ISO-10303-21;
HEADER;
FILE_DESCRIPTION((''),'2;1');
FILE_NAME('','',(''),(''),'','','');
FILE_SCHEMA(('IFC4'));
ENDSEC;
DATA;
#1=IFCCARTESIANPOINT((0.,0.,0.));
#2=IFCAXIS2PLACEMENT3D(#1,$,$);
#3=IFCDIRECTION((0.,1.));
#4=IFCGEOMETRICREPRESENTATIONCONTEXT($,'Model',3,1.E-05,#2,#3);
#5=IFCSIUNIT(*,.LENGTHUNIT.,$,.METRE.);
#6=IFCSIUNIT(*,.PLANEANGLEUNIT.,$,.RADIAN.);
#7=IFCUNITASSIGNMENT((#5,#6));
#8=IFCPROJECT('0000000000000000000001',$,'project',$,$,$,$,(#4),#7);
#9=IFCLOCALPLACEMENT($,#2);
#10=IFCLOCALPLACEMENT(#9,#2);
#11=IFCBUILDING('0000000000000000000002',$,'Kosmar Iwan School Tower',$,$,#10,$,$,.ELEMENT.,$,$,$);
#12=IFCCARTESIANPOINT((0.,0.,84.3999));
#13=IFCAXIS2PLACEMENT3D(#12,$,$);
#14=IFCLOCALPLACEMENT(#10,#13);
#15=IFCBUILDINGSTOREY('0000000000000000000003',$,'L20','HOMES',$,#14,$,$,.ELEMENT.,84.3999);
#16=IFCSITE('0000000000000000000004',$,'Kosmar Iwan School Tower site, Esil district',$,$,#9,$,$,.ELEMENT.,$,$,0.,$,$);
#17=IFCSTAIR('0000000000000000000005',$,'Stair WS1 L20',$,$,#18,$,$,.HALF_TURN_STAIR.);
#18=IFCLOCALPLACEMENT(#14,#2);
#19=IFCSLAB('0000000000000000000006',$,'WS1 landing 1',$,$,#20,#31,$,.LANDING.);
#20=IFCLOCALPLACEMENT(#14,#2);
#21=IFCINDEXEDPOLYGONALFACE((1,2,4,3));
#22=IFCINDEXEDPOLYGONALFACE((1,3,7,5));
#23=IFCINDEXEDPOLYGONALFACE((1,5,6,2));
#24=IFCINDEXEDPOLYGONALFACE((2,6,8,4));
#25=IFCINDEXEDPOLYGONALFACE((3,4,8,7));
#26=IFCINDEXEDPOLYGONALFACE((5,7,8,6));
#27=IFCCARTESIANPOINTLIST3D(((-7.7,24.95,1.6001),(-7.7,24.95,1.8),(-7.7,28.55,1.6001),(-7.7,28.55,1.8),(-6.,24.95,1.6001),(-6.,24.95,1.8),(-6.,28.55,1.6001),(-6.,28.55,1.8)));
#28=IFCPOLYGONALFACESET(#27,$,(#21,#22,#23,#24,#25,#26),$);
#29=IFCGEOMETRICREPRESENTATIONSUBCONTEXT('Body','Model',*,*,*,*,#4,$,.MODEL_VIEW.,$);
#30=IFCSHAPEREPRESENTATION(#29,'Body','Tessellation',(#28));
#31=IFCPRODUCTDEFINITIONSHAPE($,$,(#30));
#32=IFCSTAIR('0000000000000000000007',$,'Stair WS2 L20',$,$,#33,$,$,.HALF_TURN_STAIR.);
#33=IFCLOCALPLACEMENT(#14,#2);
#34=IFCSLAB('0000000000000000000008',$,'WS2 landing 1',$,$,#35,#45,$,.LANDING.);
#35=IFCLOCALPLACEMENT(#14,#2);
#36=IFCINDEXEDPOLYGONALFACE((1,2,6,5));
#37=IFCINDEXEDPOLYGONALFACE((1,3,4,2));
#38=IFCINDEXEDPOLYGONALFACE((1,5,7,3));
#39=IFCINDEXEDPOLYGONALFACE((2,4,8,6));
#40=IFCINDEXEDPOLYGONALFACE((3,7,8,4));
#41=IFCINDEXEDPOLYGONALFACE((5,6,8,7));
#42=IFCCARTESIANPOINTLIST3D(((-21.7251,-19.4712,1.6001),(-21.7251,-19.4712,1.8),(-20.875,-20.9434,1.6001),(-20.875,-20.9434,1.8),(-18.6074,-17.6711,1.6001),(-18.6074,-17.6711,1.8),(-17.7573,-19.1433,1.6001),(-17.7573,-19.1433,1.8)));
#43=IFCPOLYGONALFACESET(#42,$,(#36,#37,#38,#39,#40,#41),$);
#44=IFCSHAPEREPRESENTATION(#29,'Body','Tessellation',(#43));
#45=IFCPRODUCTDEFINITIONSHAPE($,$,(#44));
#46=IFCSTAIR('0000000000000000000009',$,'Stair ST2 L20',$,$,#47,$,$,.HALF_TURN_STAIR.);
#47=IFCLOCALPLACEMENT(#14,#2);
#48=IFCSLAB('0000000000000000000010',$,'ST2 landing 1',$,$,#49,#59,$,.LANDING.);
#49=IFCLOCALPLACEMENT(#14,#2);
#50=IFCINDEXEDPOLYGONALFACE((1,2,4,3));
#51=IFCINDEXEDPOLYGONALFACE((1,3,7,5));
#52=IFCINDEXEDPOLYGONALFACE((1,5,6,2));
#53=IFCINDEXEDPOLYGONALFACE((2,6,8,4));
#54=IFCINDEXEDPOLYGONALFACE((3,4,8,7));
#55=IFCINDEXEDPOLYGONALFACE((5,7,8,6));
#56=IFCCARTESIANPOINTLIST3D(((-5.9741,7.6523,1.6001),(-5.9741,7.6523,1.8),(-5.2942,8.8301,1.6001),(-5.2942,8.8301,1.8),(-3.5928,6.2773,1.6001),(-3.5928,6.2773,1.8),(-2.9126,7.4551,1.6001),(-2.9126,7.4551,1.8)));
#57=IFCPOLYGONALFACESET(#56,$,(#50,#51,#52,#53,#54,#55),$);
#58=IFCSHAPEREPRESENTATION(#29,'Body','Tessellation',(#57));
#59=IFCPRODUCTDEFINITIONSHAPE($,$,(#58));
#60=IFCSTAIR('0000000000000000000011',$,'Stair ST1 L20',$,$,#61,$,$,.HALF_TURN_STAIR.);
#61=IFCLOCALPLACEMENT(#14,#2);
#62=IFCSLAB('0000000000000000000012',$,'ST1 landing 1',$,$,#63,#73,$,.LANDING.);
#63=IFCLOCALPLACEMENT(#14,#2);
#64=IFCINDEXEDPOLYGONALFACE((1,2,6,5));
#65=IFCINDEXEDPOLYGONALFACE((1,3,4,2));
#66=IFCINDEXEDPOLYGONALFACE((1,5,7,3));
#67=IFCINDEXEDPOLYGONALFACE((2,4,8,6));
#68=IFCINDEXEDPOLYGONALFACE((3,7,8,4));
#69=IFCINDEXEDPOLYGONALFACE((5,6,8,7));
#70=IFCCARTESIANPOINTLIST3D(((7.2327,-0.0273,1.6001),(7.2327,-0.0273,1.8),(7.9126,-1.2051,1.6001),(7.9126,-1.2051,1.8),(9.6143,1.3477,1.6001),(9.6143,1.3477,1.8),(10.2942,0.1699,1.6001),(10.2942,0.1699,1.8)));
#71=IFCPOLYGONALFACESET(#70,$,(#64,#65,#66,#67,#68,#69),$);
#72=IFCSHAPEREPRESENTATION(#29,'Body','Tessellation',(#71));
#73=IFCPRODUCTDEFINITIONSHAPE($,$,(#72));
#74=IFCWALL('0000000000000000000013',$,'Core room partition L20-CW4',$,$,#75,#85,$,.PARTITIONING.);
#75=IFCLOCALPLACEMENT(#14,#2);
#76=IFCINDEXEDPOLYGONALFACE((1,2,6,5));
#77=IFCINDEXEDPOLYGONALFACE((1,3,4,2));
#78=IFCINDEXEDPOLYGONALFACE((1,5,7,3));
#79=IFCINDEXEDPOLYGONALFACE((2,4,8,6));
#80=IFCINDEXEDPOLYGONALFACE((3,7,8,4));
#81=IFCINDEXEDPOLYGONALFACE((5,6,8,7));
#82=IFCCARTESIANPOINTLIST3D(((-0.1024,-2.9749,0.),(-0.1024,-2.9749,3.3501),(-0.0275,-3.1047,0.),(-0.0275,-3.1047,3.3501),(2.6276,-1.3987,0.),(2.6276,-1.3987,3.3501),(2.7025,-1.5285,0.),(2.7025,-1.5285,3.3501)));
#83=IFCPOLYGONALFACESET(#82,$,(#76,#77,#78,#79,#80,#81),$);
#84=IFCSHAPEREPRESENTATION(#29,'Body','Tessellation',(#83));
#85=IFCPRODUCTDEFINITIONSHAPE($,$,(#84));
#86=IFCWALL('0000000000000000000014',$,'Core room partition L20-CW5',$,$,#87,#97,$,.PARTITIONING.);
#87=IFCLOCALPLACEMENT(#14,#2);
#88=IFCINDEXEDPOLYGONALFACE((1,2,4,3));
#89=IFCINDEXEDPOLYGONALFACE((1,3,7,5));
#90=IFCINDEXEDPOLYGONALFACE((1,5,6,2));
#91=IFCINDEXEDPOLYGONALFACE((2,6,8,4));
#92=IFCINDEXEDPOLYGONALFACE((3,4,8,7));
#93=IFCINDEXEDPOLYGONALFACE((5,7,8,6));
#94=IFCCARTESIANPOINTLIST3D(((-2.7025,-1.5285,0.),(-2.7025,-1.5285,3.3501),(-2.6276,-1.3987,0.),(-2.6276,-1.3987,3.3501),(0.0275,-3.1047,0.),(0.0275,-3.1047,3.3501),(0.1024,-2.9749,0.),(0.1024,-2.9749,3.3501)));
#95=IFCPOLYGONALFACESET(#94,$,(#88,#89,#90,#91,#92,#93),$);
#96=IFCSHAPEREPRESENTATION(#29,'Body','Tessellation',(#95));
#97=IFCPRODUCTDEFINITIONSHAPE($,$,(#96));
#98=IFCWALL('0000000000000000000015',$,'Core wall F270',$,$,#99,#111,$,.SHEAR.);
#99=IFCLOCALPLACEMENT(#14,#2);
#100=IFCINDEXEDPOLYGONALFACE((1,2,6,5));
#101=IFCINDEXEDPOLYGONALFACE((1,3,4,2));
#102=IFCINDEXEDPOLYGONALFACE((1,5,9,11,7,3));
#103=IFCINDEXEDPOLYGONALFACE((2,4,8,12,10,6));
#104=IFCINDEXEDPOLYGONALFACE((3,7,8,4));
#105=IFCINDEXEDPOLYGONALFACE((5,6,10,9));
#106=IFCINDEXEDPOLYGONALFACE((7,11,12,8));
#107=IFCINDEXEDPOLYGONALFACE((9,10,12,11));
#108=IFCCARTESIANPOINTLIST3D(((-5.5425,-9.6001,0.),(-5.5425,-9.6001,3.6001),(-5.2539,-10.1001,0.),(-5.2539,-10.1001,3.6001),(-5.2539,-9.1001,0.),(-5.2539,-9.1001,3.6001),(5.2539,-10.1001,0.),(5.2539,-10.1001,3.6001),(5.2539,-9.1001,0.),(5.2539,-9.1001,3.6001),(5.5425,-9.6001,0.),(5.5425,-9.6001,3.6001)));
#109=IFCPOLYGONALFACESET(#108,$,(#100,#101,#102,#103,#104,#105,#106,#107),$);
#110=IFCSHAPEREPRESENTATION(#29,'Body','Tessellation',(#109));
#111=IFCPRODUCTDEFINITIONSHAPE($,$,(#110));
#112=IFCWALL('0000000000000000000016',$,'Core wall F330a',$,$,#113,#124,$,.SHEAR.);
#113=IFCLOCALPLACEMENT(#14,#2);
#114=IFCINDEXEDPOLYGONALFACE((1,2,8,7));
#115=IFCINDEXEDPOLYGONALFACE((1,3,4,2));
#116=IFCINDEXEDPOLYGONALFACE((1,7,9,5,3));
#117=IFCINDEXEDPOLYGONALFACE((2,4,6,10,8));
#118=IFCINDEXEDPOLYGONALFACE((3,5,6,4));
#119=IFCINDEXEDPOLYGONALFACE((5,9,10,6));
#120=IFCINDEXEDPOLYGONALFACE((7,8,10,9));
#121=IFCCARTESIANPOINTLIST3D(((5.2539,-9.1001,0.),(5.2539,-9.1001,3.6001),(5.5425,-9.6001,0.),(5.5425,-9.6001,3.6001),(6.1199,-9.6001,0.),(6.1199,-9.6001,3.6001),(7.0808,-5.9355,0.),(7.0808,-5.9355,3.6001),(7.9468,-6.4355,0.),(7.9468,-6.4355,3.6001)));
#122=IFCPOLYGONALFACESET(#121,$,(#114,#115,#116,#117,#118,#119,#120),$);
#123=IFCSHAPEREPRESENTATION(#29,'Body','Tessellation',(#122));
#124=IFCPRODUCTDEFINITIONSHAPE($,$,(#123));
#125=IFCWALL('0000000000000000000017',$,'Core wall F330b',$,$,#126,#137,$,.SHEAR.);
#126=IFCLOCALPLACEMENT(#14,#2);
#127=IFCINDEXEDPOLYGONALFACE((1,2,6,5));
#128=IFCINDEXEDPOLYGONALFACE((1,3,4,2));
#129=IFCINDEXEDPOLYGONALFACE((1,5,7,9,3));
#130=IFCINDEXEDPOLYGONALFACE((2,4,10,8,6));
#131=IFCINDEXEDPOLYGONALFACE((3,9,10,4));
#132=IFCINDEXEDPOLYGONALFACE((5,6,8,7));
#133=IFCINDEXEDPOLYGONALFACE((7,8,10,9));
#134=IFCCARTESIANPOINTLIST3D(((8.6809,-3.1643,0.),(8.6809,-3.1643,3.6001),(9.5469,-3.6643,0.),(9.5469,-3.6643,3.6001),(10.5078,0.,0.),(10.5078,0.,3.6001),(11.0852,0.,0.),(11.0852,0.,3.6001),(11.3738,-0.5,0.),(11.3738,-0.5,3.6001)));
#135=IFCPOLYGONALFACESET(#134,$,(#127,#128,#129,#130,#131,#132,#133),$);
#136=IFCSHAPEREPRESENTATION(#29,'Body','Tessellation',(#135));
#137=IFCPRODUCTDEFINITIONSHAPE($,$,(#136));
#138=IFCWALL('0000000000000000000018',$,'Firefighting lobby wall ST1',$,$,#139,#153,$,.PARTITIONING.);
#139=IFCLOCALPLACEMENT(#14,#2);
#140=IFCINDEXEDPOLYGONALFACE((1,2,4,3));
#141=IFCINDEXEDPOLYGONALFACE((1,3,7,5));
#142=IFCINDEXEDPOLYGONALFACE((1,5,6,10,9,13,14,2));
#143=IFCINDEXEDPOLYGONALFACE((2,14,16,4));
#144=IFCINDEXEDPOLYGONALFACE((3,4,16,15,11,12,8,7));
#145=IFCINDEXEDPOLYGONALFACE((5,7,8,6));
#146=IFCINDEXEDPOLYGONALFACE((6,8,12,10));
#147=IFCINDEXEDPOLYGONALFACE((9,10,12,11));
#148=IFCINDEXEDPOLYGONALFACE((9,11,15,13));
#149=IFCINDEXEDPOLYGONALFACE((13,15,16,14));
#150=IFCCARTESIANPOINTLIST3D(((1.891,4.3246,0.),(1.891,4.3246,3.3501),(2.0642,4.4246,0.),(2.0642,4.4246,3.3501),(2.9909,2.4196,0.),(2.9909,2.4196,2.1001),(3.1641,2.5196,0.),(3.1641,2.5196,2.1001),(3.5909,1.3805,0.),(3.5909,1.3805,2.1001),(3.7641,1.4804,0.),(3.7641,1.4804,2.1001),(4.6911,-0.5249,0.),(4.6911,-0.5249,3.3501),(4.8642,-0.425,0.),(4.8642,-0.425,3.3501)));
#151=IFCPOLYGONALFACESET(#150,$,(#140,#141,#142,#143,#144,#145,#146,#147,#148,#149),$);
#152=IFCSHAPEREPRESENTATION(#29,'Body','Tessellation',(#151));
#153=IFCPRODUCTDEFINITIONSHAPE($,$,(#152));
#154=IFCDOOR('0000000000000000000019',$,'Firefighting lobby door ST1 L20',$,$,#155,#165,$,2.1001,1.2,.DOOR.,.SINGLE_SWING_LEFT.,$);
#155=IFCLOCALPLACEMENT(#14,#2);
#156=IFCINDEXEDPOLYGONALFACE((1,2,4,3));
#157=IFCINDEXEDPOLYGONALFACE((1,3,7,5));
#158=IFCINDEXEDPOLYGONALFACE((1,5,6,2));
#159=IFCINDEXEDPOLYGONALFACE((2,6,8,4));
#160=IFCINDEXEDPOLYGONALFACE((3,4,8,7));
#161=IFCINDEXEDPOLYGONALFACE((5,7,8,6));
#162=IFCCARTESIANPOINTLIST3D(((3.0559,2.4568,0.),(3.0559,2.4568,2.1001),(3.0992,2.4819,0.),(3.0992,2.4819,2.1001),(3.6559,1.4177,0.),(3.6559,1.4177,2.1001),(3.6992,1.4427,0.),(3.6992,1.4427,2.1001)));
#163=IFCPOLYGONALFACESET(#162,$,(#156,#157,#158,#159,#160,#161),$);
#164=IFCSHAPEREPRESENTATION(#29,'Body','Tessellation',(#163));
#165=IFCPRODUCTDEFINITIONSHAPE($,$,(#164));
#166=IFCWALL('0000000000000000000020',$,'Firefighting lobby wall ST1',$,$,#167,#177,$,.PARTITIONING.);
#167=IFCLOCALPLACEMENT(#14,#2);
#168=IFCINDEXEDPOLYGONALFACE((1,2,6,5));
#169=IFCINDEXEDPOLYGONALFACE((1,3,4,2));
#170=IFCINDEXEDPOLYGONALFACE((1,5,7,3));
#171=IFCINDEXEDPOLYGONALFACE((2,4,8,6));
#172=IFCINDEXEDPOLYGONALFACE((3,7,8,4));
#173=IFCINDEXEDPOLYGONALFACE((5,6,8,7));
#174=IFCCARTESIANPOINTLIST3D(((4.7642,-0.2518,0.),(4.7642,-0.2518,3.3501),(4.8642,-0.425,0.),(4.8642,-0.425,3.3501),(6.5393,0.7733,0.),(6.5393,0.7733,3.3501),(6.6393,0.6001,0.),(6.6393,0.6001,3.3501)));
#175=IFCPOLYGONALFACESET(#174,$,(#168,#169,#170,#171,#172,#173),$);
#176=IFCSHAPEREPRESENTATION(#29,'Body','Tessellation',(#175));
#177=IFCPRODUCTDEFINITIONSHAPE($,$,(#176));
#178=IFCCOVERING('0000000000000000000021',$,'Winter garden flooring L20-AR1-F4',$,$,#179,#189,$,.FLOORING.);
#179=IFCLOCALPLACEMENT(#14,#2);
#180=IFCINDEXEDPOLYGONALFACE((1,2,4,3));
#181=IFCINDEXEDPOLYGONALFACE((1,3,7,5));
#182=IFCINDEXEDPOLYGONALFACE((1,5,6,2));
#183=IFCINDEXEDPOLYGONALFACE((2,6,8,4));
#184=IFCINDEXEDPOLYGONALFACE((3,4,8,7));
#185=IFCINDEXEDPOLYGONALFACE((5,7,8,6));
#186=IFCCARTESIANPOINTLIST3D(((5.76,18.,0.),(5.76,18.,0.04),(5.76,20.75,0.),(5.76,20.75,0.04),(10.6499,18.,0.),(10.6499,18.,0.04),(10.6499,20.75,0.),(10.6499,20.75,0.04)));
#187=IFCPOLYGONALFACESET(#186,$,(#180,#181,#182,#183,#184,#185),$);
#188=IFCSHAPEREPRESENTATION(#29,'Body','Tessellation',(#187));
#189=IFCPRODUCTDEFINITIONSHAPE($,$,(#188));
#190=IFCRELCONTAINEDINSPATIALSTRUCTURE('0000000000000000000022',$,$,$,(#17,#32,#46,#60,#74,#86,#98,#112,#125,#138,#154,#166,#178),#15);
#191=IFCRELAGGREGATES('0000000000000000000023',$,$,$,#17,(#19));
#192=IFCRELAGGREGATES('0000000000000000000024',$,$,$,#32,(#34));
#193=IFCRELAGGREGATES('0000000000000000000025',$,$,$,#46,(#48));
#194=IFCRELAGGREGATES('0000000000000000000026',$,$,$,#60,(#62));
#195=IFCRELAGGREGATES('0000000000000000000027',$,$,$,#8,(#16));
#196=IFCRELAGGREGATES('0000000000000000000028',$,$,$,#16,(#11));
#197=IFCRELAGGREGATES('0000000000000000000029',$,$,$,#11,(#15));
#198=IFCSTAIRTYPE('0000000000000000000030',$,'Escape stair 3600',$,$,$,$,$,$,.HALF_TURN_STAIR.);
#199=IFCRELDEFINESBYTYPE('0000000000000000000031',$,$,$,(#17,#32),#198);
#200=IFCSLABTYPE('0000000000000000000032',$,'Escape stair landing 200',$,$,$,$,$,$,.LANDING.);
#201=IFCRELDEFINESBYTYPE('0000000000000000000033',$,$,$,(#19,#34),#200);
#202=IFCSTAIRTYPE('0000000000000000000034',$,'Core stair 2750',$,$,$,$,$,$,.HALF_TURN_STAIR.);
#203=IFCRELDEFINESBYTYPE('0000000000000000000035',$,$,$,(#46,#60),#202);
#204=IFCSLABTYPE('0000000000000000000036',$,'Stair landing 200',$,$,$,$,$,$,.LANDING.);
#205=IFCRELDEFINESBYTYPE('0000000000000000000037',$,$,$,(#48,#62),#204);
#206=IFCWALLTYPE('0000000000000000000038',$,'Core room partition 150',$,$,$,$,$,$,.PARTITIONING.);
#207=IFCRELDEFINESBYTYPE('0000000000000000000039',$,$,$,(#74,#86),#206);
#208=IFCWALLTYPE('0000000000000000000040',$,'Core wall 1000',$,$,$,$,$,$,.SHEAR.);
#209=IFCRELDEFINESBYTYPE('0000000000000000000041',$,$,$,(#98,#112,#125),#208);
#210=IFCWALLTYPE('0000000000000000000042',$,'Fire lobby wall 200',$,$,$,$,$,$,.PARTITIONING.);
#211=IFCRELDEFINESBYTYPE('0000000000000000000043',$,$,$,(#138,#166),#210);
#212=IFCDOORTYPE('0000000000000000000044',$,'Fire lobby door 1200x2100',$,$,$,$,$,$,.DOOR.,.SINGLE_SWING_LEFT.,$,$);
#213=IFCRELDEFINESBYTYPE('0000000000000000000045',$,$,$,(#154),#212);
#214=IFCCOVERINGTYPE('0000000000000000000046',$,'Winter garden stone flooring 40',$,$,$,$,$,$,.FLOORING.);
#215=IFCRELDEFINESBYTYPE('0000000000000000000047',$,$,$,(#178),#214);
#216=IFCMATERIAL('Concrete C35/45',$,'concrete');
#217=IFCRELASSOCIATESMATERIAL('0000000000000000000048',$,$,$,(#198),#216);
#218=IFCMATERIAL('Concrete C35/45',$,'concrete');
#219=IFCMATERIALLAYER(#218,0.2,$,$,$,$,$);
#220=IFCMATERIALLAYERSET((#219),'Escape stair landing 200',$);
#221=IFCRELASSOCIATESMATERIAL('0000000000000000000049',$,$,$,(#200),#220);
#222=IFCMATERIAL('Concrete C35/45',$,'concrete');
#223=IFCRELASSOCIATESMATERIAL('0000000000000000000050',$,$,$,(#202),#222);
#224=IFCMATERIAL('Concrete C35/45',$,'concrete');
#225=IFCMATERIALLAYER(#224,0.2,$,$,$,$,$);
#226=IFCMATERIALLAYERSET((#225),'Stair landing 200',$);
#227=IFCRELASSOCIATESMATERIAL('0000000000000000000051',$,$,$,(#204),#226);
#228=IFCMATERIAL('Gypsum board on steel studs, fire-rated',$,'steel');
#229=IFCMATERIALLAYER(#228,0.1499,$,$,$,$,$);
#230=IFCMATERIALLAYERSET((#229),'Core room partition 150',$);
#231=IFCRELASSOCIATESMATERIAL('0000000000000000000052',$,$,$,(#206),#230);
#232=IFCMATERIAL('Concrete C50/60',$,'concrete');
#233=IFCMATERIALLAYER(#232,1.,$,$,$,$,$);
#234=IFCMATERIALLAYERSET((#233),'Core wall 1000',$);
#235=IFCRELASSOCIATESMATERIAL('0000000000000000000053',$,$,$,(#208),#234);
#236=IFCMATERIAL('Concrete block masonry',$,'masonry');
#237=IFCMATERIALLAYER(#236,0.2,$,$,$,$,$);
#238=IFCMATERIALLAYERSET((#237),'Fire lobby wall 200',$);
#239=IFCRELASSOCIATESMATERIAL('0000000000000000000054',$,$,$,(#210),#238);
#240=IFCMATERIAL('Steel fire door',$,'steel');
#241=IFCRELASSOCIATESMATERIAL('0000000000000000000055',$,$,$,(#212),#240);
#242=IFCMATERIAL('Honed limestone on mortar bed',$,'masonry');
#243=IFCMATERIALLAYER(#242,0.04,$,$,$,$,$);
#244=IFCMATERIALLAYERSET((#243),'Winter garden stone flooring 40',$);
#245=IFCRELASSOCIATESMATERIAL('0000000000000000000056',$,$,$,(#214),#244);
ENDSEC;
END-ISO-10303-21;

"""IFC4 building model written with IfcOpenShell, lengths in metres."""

from ifc_helpers import new_model, si_unit, direction, frame, frame_2d, origin, place, context, subcontext, project, spatial, polyline, rectangle, outline, extrude, material, layer, layer_set, type_object, element, fill, aggregate, save


model = new_model("IFC4")

# Units and contexts
model_context = context("Model", 3, precision=1e-05, world=origin(), true_north=direction((0.0, 1.0)))
body_context = subcontext(model_context, "Body", "Model", "MODEL_VIEW")
ifc_project = project(units=[si_unit("LENGTHUNIT", "METRE"), si_unit("PLANEANGLEUNIT", "RADIAN")], contexts=[model_context])

# Site, building, storey
site_placement = place(None, origin())
site = spatial("IfcSite", under=ifc_project, at=site_placement, Name="Kosmar Iwan School Tower site, Esil district", CompositionType="ELEMENT", RefElevation=0.0)
building_placement = place(site_placement, origin())
building = spatial("IfcBuilding", under=site, at=building_placement, Name="Kosmar Iwan School Tower", CompositionType="ELEMENT")
storey_placement = place(building_placement, frame((0.0, 0.0, 84.3999)))
storey = spatial("IfcBuildingStorey", under=building, at=storey_placement, Name="L20", Description="HOMES", CompositionType="ELEMENT", Elevation=84.3999)

# Stairs, slabs
ifc_material_1 = material(Name="Concrete C35/45", Category="concrete")
stair_type_1 = type_object("IfcStairType", Name="Escape stair 3600", PredefinedType="HALF_TURN_STAIR", material=ifc_material_1)
stair_1_placement = place(storey_placement, origin())
stair_1 = element("IfcStair", 1, at=stair_1_placement, inside=storey, type_object=stair_type_1, Name="Stair WS1 L20", PredefinedType="HALF_TURN_STAIR")
ifc_material_2 = material(Name="Concrete C35/45", Category="concrete")
ifc_layer_1 = layer(ifc_material_2, 0.2)
ifc_layer_set_1 = layer_set([ifc_layer_1], Name="Escape stair landing 200")
slab_type_1 = type_object("IfcSlabType", Name="Escape stair landing 200", PredefinedType="LANDING", material=ifc_layer_set_1)
slab_1_placement = place(storey_placement, frame((0.0, 0.0, 1.6001)))
slab_1 = element("IfcSlab", 2, at=slab_1_placement, type_object=slab_type_1, Name="WS1 landing 1", PredefinedType="LANDING", context=body_context, shape_type="SweptSolid", body=[
    extrude(outline(polyline([(-6.0, 24.95), (-6.0, 28.55), (-7.7, 28.55), (-7.7, 24.95), (-6.0, 24.95)])), origin(), (0.0, 0.0, 1.0), 0.2),
])
aggregate(stair_1, [slab_1])
stair_2_placement = place(storey_placement, origin())
stair_2 = element("IfcStair", 3, at=stair_2_placement, inside=storey, type_object=stair_type_1, Name="Stair WS2 L20", PredefinedType="HALF_TURN_STAIR")
slab_2_placement = place(storey_placement, frame((0.0, 0.0, 1.6001)))
slab_2 = element("IfcSlab", 4, at=slab_2_placement, type_object=slab_type_1, Name="WS2 landing 1", PredefinedType="LANDING", context=body_context, shape_type="SweptSolid", body=[
    extrude(outline(polyline([(-18.6074, -17.6711), (-21.7251, -19.4712), (-20.875, -20.9434), (-17.7573, -19.1433), (-18.6074, -17.6711)])), origin(), (0.0, 0.0, 1.0), 0.2),
])
aggregate(stair_2, [slab_2])
ifc_material_3 = material(Name="Concrete C35/45", Category="concrete")
stair_type_2 = type_object("IfcStairType", Name="Core stair 2750", PredefinedType="HALF_TURN_STAIR", material=ifc_material_3)
stair_3_placement = place(storey_placement, origin())
stair_3 = element("IfcStair", 5, at=stair_3_placement, inside=storey, type_object=stair_type_2, Name="Stair ST2 L20", PredefinedType="HALF_TURN_STAIR")
ifc_material_4 = material(Name="Concrete C35/45", Category="concrete")
ifc_layer_2 = layer(ifc_material_4, 0.2)
ifc_layer_set_2 = layer_set([ifc_layer_2], Name="Stair landing 200")
slab_type_2 = type_object("IfcSlabType", Name="Stair landing 200", PredefinedType="LANDING", material=ifc_layer_set_2)
slab_3_placement = place(storey_placement, frame((0.0, 0.0, 1.6001)))
slab_3 = element("IfcSlab", 6, at=slab_3_placement, type_object=slab_type_2, Name="ST2 landing 1", PredefinedType="LANDING", context=body_context, shape_type="SweptSolid", body=[
    extrude(outline(polyline([(-2.9126, 7.4551), (-5.2942, 8.8301), (-5.9741, 7.6523), (-3.5928, 6.2773), (-2.9126, 7.4551)])), origin(), (0.0, 0.0, 1.0), 0.2),
])
aggregate(stair_3, [slab_3])
stair_4_placement = place(storey_placement, origin())
stair_4 = element("IfcStair", 7, at=stair_4_placement, inside=storey, type_object=stair_type_2, Name="Stair ST1 L20", PredefinedType="HALF_TURN_STAIR")
slab_4_placement = place(storey_placement, frame((0.0, 0.0, 1.6001)))
slab_4 = element("IfcSlab", 8, at=slab_4_placement, type_object=slab_type_2, Name="ST1 landing 1", PredefinedType="LANDING", context=body_context, shape_type="SweptSolid", body=[
    extrude(outline(polyline([(7.9126, -1.2051), (10.2942, 0.1699), (9.6143, 1.3477), (7.2327, -0.0273), (7.9126, -1.2051)])), origin(), (0.0, 0.0, 1.0), 0.2),
])
aggregate(stair_4, [slab_4])

# Walls
ifc_material_5 = material(Name="Gypsum board on steel studs, fire-rated", Category="steel")
ifc_layer_3 = layer(ifc_material_5, 0.1499)
ifc_layer_set_3 = layer_set([ifc_layer_3], Name="Core room partition 150")
wall_type_1 = type_object("IfcWallType", Name="Core room partition 150", PredefinedType="PARTITIONING", material=ifc_layer_set_3)
for number, where, z_axis, x_axis, name in (
    (9, (2.665, -1.4636, 0.0), (0.0, 0.0, 1.0), (-0.866023, -0.500004, 0.0), "Core room partition L20-CW4"),
    (10, (0.0649, -3.0398, 0.0), (0.0, 0.0, 1.0), (-0.866023, 0.500004, 0.0), "Core room partition L20-CW5"),
):
    element("IfcWall", number, at=place(storey_placement, frame(where, z_axis=z_axis, x_axis=x_axis)), inside=storey, type_object=wall_type_1, Name=name, PredefinedType="PARTITIONING", context=body_context, shape_type="SweptSolid", body=[
        extrude(rectangle(XDim=3.1523, YDim=0.1499, at=frame_2d((1.5762, 0.0))), origin(), (0.0, 0.0, 1.0), 3.3501),
    ])
ifc_material_6 = material(Name="Concrete C50/60", Category="concrete")
ifc_layer_4 = layer(ifc_material_6, 1.0)
ifc_layer_set_4 = layer_set([ifc_layer_4], Name="Core wall 1000")
wall_type_2 = type_object("IfcWallType", Name="Core wall 1000", PredefinedType="SHEAR", material=ifc_layer_set_4)
wall_1_placement = place(storey_placement, origin())
element("IfcWall", 11, at=wall_1_placement, inside=storey, type_object=wall_type_2, Name="Core wall F270", PredefinedType="SHEAR", context=body_context, shape_type="SweptSolid", body=[
    extrude(outline(polyline([(-5.2539, -10.1001), (5.2539, -10.1001), (5.5425, -9.6001), (5.2539, -9.1001), (-5.2539, -9.1001), (-5.5425, -9.6001), (-5.2539, -10.1001)])), origin(), (0.0, 0.0, 1.0), 3.6001),
])
wall_2_placement = place(storey_placement, origin())
element("IfcWall", 12, at=wall_2_placement, inside=storey, type_object=wall_type_2, Name="Core wall F330a", PredefinedType="SHEAR", context=body_context, shape_type="SweptSolid", body=[
    extrude(outline(polyline([(5.5425, -9.6001), (6.1199, -9.6001), (7.9468, -6.4355), (7.0808, -5.9355), (5.2539, -9.1001), (5.5425, -9.6001)])), origin(), (0.0, 0.0, 1.0), 3.6001),
])
wall_3_placement = place(storey_placement, origin())
element("IfcWall", 13, at=wall_3_placement, inside=storey, type_object=wall_type_2, Name="Core wall F330b", PredefinedType="SHEAR", context=body_context, shape_type="SweptSolid", body=[
    extrude(outline(polyline([(9.5469, -3.6643), (11.3738, -0.5), (11.0852, 0.0), (10.5078, 0.0), (8.6809, -3.1643), (9.5469, -3.6643)])), origin(), (0.0, 0.0, 1.0), 3.6001),
])

# Wall, opening, door
ifc_material_7 = material(Name="Concrete block masonry", Category="masonry")
ifc_layer_5 = layer(ifc_material_7, 0.2)
ifc_layer_set_5 = layer_set([ifc_layer_5], Name="Fire lobby wall 200")
wall_type_3 = type_object("IfcWallType", Name="Fire lobby wall 200", PredefinedType="PARTITIONING", material=ifc_layer_set_5)
wall_4_placement = place(storey_placement, frame((4.7776, -0.4749, 0.0), z_axis=(0.0, 0.0, 1.0), x_axis=(-0.500017, 0.866016, 0.0)))
wall_4 = element("IfcWall", 14, at=wall_4_placement, inside=storey, type_object=wall_type_3, Name="Firefighting lobby wall ST1", PredefinedType="PARTITIONING", context=body_context, shape_type="SweptSolid", body=[
    extrude(rectangle(XDim=5.5999, YDim=0.2, at=frame_2d((2.7998, 0.0))), origin(), (0.0, 0.0, 1.0), 3.3501),
])
opening_placement = place(wall_4_placement, frame((2.2, 0.0, 0.0)))
opening = element("IfcOpeningElement", 15, at=opening_placement, cuts=wall_4, PredefinedType="OPENING", context=body_context, shape_type="SweptSolid", body=[
    extrude(rectangle(XDim=1.2, YDim=2.1001, at=frame_2d((0.6001, 1.05))), frame((0.0, 0.1121, 0.0), z_axis=(0.0, -1.0, 0.0), x_axis=(1.0, 0.0, 0.0)), (0.0, 0.0, 1.0), 0.2239),
])
ifc_material_8 = material(Name="Steel fire door", Category="steel")
door_type = type_object("IfcDoorType", Name="Fire lobby door 1200x2100", OperationType="SINGLE_SWING_LEFT", PredefinedType="DOOR", material=ifc_material_8)
door_placement = place(opening_placement, frame((1.2, 0.0, 0.0), z_axis=(0.0, 0.0, 1.0), x_axis=(-1.0, 0.0, 0.0)))
door = element("IfcDoor", 16, at=door_placement, inside=storey, type_object=door_type, Name="Firefighting lobby door ST1 L20", OperationType="SINGLE_SWING_LEFT", OverallHeight=2.1001, OverallWidth=1.2, PredefinedType="DOOR", context=body_context, shape_type="SweptSolid", body=[
    extrude(rectangle(XDim=1.2, YDim=2.1001, at=frame_2d((0.6001, 1.05))), frame((0.0, 0.0249, 0.0), z_axis=(0.0, -1.0, 0.0), x_axis=(1.0, 0.0, 0.0)), (0.0, 0.0, 1.0), 0.05),
])
fill(opening, door)

# Wall
wall_5_placement = place(storey_placement, frame((4.8142, -0.3384, 0.0), z_axis=(0.0, 0.0, 1.0), x_axis=(0.865969, 0.500097, 0.0)))
element("IfcWall", 17, at=wall_5_placement, inside=storey, type_object=wall_type_3, Name="Firefighting lobby wall ST1", PredefinedType="PARTITIONING", context=body_context, shape_type="SweptSolid", body=[
    extrude(rectangle(XDim=2.0498, YDim=0.2, at=frame_2d((1.0249, 0.0))), origin(), (0.0, 0.0, 1.0), 3.3501),
])

# Covering
ifc_material_9 = material(Name="Honed limestone on mortar bed", Category="masonry")
ifc_layer_6 = layer(ifc_material_9, 0.04)
ifc_layer_set_6 = layer_set([ifc_layer_6], Name="Winter garden stone flooring 40")
covering_type = type_object("IfcCoveringType", Name="Winter garden stone flooring 40", PredefinedType="FLOORING", material=ifc_layer_set_6)
covering_1_placement = place(storey_placement, origin())
element("IfcCovering", 18, at=covering_1_placement, inside=storey, type_object=covering_type, Name="Winter garden flooring L20-AR1-F4", PredefinedType="FLOORING", context=body_context, shape_type="SweptSolid", body=[
    extrude(outline(polyline([(5.76, 18.0), (10.6499, 18.0), (10.6499, 20.75), (5.76, 20.75), (5.76, 18.0)])), origin(), (0.0, 0.0, 1.0), 0.04),
])

save(model, "model.ifc")
